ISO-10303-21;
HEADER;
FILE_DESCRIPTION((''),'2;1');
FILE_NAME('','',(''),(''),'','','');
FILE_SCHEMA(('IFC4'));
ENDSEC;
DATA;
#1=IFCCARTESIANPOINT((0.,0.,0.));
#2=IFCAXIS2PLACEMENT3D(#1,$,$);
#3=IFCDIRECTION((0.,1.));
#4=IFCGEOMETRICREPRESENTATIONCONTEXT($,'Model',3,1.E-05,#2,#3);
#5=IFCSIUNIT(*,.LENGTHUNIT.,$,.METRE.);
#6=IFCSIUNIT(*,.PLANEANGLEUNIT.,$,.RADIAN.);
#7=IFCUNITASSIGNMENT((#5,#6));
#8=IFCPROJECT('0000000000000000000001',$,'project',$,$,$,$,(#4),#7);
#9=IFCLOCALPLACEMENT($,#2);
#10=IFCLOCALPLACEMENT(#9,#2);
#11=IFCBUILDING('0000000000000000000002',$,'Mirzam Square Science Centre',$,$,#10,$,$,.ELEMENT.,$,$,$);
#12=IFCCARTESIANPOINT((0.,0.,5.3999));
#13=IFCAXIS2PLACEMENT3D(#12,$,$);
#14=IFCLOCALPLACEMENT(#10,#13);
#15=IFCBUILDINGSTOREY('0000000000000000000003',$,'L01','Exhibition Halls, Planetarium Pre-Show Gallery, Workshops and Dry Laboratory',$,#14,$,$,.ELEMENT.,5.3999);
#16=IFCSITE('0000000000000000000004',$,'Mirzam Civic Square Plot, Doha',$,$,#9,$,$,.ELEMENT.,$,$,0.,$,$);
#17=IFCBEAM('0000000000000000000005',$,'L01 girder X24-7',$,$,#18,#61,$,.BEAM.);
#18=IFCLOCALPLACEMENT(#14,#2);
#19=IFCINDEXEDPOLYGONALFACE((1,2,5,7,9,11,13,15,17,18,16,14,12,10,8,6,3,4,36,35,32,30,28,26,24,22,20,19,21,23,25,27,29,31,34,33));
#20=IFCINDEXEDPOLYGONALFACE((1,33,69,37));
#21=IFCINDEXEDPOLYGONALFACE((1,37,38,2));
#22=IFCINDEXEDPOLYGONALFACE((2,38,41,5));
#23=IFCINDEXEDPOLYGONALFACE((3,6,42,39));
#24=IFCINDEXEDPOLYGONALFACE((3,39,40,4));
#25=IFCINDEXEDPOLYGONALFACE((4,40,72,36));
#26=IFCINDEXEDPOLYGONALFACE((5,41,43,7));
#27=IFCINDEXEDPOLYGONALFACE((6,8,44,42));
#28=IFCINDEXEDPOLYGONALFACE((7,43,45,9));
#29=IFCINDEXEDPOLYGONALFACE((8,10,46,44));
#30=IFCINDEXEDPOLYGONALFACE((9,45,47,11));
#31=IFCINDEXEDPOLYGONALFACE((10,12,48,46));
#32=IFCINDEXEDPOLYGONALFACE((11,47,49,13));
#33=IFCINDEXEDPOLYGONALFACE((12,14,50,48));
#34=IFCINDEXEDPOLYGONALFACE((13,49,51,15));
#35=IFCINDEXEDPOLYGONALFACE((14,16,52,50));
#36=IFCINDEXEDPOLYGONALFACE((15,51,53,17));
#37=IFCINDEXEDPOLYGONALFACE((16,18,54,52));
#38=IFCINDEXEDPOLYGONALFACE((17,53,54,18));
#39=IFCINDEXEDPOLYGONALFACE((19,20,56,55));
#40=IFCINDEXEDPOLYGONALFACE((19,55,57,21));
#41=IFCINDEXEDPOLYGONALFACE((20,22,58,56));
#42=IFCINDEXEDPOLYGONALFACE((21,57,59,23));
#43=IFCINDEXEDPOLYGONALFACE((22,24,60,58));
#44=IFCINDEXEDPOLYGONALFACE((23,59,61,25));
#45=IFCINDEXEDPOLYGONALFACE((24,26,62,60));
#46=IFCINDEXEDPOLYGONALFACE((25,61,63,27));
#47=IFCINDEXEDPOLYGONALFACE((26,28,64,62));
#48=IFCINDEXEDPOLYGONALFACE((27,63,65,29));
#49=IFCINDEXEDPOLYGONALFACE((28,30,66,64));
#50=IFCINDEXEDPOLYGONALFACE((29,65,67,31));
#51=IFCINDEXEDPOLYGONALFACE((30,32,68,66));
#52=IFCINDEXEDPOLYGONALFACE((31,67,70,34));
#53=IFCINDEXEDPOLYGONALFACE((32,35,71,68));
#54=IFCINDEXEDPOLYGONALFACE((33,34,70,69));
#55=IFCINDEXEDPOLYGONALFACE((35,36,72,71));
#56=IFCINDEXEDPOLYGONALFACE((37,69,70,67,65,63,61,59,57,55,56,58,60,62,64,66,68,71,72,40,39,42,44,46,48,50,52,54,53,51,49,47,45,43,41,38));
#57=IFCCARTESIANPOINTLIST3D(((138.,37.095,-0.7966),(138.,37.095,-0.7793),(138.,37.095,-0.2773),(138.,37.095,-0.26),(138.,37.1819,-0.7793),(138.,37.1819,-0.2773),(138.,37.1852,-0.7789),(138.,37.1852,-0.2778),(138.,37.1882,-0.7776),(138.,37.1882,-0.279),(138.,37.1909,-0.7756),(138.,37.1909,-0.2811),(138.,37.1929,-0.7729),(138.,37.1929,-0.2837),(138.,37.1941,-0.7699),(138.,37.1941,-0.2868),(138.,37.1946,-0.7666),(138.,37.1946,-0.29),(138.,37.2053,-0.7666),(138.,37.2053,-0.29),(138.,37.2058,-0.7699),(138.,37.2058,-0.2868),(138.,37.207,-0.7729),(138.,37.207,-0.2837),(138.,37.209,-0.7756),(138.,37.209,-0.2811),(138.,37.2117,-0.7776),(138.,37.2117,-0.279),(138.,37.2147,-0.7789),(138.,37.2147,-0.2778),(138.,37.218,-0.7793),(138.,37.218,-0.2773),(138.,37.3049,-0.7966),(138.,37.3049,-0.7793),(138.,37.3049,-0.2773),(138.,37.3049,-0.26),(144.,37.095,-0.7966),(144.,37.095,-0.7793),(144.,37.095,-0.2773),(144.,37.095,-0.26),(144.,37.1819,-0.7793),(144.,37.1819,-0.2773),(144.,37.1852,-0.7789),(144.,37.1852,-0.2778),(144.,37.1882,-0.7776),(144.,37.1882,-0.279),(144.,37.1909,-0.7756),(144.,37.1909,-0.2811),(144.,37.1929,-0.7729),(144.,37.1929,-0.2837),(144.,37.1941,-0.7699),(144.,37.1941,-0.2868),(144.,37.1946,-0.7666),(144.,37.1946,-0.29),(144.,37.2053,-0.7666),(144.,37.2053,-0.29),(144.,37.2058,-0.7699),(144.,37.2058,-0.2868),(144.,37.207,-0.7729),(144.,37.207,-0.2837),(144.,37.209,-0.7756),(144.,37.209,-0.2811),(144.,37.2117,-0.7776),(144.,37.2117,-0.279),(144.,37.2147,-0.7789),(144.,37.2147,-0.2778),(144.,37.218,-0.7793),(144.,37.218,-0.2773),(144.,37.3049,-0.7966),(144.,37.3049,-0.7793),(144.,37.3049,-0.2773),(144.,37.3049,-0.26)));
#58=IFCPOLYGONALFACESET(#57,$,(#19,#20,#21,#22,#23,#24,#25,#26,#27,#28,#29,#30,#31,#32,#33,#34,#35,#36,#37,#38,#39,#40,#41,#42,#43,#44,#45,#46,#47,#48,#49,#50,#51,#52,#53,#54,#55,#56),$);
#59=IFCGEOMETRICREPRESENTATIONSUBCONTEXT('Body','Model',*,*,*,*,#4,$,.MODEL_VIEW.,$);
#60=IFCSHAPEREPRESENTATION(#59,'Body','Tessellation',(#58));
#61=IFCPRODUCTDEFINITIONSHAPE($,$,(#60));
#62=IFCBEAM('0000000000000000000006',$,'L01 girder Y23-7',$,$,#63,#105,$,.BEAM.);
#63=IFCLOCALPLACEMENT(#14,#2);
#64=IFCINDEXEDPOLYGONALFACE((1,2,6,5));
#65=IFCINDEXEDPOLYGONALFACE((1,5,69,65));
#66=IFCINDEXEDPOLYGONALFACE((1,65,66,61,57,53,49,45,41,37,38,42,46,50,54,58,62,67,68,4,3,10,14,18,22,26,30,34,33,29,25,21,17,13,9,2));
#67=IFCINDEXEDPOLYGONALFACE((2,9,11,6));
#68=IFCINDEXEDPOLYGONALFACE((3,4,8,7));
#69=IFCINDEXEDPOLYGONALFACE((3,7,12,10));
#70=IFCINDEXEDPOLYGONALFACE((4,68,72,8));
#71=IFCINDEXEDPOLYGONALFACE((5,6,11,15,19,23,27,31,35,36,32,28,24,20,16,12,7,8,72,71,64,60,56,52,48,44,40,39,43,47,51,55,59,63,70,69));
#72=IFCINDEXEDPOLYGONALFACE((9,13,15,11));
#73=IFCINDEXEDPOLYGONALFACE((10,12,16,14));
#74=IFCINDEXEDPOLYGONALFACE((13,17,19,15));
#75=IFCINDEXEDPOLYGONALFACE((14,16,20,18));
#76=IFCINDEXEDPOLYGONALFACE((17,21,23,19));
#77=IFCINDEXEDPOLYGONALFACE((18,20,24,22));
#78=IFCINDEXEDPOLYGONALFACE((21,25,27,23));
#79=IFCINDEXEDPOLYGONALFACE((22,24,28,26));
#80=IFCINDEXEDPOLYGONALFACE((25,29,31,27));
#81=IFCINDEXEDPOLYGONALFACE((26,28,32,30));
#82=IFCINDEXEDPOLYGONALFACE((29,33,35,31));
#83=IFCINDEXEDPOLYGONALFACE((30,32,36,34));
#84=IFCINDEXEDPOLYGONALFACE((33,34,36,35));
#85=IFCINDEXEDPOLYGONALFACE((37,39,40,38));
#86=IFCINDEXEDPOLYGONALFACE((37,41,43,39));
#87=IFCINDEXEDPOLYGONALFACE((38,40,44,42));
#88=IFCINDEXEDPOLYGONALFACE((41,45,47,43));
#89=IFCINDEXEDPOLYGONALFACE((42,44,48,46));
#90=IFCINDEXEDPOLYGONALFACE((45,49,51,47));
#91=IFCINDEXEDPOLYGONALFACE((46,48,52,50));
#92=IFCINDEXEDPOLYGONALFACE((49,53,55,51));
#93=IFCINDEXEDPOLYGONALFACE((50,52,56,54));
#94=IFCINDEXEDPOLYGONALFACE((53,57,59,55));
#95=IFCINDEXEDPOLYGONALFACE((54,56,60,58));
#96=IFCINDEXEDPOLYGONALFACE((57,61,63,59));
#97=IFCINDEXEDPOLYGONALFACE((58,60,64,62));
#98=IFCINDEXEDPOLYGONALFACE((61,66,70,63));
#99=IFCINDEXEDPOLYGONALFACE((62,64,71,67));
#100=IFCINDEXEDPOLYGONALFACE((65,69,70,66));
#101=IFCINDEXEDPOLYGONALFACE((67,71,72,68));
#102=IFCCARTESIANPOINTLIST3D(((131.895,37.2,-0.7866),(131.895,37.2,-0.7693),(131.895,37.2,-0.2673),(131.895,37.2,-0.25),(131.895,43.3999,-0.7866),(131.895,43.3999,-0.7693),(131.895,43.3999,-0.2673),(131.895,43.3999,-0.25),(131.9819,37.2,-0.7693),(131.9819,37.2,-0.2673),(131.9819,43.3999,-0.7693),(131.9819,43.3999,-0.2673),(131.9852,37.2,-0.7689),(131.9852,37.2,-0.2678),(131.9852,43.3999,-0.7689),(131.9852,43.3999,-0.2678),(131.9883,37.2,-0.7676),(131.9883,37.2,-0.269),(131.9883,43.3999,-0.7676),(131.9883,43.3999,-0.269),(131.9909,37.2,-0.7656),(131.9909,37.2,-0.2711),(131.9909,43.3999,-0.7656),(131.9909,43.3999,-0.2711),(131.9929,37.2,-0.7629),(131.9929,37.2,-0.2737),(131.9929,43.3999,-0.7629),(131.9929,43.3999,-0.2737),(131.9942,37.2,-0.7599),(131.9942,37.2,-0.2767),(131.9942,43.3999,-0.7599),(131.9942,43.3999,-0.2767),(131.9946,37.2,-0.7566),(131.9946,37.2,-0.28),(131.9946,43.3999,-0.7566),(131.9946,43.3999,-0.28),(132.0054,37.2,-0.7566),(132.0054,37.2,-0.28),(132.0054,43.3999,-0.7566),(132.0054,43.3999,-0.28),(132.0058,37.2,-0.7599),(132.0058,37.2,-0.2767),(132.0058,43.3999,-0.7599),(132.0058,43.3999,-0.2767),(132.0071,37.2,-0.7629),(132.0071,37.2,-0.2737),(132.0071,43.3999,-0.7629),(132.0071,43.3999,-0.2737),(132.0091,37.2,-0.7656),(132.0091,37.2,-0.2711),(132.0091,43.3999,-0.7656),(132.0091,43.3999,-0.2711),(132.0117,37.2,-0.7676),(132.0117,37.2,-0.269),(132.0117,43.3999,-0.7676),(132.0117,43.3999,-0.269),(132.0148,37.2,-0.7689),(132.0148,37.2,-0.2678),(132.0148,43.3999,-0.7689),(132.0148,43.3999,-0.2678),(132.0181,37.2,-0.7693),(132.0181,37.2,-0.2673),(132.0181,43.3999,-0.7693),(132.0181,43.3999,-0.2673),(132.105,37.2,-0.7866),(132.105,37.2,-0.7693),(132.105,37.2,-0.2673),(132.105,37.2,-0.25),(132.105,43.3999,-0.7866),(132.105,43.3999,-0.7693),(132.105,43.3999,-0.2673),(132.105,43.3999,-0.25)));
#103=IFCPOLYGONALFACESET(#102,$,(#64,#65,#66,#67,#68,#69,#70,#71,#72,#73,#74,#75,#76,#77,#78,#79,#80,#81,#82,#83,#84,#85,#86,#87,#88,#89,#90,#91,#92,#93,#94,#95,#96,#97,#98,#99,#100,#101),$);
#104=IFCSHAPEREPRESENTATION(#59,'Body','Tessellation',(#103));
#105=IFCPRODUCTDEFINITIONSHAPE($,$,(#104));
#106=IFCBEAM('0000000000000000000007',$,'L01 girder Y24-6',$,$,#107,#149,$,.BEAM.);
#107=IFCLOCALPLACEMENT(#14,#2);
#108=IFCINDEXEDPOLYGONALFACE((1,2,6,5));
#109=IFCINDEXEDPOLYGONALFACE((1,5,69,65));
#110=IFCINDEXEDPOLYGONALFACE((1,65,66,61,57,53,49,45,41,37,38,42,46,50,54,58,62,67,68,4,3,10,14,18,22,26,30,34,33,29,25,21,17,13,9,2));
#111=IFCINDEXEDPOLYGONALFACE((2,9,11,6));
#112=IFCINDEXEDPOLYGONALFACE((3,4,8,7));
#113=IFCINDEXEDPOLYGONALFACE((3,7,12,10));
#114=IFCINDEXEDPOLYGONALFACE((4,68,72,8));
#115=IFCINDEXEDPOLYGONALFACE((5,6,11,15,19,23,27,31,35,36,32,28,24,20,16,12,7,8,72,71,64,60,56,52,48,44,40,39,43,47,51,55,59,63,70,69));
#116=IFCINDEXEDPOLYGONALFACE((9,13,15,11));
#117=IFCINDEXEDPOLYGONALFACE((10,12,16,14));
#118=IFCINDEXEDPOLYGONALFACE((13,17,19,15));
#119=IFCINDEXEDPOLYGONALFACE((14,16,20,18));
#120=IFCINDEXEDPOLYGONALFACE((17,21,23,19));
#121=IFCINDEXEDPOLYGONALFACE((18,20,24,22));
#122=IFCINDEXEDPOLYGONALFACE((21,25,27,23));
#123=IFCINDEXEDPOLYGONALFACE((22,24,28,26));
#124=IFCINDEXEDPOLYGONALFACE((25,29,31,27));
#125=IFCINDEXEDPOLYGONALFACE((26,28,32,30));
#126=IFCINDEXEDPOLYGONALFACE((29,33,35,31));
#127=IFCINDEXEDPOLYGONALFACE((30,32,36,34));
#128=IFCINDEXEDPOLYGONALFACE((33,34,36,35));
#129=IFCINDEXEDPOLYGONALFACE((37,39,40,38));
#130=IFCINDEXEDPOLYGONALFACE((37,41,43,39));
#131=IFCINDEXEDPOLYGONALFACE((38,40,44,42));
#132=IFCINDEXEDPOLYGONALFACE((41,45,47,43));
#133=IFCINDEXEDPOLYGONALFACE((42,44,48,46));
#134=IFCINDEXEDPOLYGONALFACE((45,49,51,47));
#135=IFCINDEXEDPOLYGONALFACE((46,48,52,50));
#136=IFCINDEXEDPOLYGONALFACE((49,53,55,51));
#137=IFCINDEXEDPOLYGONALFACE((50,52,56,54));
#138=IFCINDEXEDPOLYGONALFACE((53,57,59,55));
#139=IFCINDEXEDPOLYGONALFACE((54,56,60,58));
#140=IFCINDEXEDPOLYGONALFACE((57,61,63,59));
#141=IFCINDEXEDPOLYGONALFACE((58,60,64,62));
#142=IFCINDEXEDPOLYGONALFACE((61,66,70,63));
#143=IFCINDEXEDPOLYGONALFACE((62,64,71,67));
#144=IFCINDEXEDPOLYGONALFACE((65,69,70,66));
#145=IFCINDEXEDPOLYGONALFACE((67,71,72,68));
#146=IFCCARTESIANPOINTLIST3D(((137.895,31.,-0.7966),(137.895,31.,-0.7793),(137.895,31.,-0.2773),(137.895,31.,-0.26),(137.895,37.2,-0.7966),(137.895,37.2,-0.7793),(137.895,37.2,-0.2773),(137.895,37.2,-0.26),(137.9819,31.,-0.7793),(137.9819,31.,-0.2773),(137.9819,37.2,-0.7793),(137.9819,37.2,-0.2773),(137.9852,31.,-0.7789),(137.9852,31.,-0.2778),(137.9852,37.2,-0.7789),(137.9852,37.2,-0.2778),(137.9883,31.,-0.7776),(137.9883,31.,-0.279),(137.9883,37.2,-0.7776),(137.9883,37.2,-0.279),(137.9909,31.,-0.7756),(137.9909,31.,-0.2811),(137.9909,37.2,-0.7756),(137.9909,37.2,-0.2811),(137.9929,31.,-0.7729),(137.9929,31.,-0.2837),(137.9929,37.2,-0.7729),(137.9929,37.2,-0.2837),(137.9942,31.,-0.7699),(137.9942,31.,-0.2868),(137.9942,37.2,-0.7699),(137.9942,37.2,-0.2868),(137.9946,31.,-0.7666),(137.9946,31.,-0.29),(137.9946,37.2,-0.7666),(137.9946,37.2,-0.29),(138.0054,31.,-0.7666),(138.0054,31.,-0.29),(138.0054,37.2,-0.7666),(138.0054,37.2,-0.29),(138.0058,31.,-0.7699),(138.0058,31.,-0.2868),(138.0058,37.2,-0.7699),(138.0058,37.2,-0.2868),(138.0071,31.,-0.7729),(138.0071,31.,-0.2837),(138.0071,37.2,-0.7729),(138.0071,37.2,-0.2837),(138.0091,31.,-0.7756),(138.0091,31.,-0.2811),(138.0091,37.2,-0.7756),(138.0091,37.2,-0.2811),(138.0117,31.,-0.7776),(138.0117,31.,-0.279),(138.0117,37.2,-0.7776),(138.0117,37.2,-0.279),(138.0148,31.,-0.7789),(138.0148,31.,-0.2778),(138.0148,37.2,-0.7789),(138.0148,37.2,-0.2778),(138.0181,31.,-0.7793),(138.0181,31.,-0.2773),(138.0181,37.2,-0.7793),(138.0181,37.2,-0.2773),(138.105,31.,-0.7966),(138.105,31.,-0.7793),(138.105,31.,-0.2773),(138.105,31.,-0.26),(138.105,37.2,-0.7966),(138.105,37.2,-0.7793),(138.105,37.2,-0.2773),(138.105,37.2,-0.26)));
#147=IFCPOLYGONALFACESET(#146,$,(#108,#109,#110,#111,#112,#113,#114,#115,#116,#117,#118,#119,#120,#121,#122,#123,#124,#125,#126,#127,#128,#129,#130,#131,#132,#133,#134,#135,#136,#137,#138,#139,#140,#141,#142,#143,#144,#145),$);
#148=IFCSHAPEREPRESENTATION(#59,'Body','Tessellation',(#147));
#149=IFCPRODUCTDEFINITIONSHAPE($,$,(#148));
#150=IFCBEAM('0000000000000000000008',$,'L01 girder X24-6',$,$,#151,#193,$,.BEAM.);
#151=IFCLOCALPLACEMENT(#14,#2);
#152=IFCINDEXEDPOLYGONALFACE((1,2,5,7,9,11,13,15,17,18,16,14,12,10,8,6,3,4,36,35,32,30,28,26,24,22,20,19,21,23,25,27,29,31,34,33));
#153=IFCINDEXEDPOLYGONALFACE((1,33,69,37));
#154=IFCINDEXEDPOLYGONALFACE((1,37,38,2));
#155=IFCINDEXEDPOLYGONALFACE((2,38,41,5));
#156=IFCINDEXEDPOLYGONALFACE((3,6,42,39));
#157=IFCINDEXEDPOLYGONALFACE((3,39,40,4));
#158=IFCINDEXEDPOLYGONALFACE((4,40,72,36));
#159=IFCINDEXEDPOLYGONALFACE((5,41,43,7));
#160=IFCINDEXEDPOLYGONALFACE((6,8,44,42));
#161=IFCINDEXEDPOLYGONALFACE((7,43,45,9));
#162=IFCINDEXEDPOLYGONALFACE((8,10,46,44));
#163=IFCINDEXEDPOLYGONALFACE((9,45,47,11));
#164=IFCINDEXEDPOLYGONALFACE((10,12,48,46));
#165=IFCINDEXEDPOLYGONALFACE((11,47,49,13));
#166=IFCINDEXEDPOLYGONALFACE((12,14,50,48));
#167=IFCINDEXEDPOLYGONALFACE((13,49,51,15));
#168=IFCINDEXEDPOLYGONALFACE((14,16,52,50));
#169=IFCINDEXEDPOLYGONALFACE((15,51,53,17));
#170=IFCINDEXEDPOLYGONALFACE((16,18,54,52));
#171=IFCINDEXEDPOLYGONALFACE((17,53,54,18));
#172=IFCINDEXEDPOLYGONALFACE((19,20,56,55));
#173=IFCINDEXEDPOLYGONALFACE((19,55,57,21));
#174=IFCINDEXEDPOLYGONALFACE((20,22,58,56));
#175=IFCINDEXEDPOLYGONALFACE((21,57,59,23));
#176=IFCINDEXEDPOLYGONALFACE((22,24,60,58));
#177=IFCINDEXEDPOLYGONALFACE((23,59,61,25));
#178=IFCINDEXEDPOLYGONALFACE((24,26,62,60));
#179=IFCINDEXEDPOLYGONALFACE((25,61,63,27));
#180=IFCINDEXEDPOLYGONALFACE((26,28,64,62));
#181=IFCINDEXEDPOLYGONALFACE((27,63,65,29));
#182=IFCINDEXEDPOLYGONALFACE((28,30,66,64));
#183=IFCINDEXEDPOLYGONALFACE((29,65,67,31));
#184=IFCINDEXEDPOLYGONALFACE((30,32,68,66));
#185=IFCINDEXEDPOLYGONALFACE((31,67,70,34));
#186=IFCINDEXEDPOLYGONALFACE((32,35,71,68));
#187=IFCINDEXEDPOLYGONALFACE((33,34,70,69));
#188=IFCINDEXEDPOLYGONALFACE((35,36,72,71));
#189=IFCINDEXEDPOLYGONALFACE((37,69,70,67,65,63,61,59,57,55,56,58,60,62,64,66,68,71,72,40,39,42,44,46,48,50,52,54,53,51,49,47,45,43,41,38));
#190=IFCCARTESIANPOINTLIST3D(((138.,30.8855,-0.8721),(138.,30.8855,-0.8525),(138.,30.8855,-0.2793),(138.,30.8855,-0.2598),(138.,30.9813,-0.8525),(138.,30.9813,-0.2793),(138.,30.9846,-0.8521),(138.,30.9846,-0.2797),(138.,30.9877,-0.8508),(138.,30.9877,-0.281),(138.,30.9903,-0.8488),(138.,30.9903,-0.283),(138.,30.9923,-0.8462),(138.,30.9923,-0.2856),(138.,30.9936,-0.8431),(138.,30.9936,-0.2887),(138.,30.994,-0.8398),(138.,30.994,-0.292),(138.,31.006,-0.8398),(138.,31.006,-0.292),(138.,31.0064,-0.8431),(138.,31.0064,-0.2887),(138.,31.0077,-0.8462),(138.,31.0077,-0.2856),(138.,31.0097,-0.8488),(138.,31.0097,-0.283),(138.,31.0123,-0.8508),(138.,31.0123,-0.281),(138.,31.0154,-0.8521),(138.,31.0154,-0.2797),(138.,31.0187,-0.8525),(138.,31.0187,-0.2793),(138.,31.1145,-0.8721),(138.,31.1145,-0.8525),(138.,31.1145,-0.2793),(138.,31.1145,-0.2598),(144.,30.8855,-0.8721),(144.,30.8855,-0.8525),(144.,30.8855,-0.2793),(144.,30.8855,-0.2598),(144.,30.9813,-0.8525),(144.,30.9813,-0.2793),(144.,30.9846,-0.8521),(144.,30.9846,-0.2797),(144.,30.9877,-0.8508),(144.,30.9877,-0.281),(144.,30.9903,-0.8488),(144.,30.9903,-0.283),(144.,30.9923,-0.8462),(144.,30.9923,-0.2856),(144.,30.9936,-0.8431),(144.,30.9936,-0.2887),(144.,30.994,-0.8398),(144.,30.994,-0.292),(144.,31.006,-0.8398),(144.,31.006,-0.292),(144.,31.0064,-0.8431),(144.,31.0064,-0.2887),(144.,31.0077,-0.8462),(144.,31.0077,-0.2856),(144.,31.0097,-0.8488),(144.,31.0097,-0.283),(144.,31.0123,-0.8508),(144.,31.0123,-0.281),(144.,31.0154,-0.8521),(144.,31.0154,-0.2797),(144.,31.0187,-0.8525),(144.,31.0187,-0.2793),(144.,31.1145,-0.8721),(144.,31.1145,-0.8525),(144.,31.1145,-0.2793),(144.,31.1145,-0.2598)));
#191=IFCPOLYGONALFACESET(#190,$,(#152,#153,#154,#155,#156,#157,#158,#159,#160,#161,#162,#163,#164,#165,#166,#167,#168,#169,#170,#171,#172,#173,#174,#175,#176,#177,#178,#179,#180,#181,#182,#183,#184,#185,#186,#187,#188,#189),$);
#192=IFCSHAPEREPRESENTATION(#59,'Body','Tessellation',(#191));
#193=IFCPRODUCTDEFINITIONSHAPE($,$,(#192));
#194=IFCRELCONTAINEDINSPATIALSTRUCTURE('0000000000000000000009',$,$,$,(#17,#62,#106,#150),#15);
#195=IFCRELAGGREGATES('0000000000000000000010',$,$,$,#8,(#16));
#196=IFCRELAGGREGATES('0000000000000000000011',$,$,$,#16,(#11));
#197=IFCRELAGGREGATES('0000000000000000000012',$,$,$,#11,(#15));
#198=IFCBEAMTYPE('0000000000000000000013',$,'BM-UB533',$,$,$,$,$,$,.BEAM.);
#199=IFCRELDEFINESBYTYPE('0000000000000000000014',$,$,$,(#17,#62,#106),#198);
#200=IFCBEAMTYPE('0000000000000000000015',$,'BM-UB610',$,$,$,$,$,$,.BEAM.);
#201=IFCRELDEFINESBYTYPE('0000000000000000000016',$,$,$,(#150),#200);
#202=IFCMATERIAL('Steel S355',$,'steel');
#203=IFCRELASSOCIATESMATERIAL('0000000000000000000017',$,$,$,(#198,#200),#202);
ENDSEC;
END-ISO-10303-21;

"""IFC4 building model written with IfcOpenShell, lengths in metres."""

from ifc_helpers import new_model, si_unit, direction, frame, origin, origin_2d, place, context, subcontext, project, spatial, i_section, extrude, material, material_profile, profile_set, type_object, element, save


model = new_model("IFC4")

# Units and contexts
model_context = context("Model", 3, precision=1e-05, world=origin(), true_north=direction((0.0, 1.0)))
body_context = subcontext(model_context, "Body", "Model", "MODEL_VIEW")
ifc_project = project(units=[si_unit("LENGTHUNIT", "METRE"), si_unit("PLANEANGLEUNIT", "RADIAN")], contexts=[model_context])

# Site, building, storey
site_placement = place(None, origin())
site = spatial("IfcSite", under=ifc_project, at=site_placement, Name="Mirzam Civic Square Plot, Doha", CompositionType="ELEMENT", RefElevation=0.0)
building_placement = place(site_placement, origin())
building = spatial("IfcBuilding", under=site, at=building_placement, Name="Mirzam Square Science Centre", CompositionType="ELEMENT")
storey_placement = place(building_placement, frame((0.0, 0.0, 5.3999)))
storey = spatial("IfcBuildingStorey", under=building, at=storey_placement, Name="L01", Description="Exhibition Halls, Planetarium Pre-Show Gallery, Workshops and Dry Laboratory", CompositionType="ELEMENT", Elevation=5.3999)

# Shared definitions
ifc_material_1 = material(Name="Steel S355", Category="steel")

# Beams
ifc_material_profile_1 = material_profile(ifc_material_1, i_section(OverallWidth=0.21, OverallDepth=0.5366, WebThickness=0.0107, FlangeThickness=0.0173, FilletRadius=0.0127, at=origin_2d()), Name="533x210x101UB")
ifc_profile_set_1 = profile_set([ifc_material_profile_1], Name="Steel S355")
beam_type_1 = type_object("IfcBeamType", Name="BM-UB533", PredefinedType="BEAM", material=ifc_profile_set_1)
beam_1_placement = place(storey_placement, frame((138.0, 37.2, -0.5283), z_axis=(1.0, 0.0, 0.0), x_axis=(0.0, 1.0, 0.0)))
element("IfcBeam", 1, at=beam_1_placement, inside=storey, type_object=beam_type_1, Name="L01 girder X24-7", PredefinedType="BEAM", context=body_context, shape_type="SweptSolid", body=[
    extrude(i_section(OverallWidth=0.21, OverallDepth=0.5366, WebThickness=0.0107, FlangeThickness=0.0173, FilletRadius=0.0127, at=origin_2d()), origin(), (0.0, 0.0, 1.0), 6.0),
])
for number, where, z_axis, x_axis, name in (
    (2, (132.0, 37.2, -0.5183), (0.0, 1.0, 0.0), (-1.0, 0.0, 0.0), "L01 girder Y23-7"),
    (3, (138.0, 31.0, -0.5283), (0.0, 1.0, 0.0), (-1.0, 0.0, 0.0), "L01 girder Y24-6"),
):
    element("IfcBeam", number, at=place(storey_placement, frame(where, z_axis=z_axis, x_axis=x_axis)), inside=storey, type_object=beam_type_1, Name=name, PredefinedType="BEAM", context=body_context, shape_type="SweptSolid", body=[
        extrude(i_section(OverallWidth=0.21, OverallDepth=0.5366, WebThickness=0.0107, FlangeThickness=0.0173, FilletRadius=0.0127, at=origin_2d()), origin(), (0.0, 0.0, 1.0), 6.2),
    ])
ifc_material_profile_2 = material_profile(ifc_material_1, i_section(OverallWidth=0.229, OverallDepth=0.6123, WebThickness=0.012, FlangeThickness=0.0195, FilletRadius=0.0127, at=origin_2d()), Name="610x229x125UB")
ifc_profile_set_2 = profile_set([ifc_material_profile_2], Name="Steel S355")
beam_type_2 = type_object("IfcBeamType", Name="BM-UB610", PredefinedType="BEAM", material=ifc_profile_set_2)
for number, where, z_axis, x_axis, name in (
    (4, (138.0, 31.0, -0.5659), (1.0, 0.0, 0.0), (0.0, 1.0, 0.0), "L01 girder X24-6"),
):
    element("IfcBeam", number, at=place(storey_placement, frame(where, z_axis=z_axis, x_axis=x_axis)), inside=storey, type_object=beam_type_2, Name=name, PredefinedType="BEAM", context=body_context, shape_type="SweptSolid", body=[
        extrude(i_section(OverallWidth=0.229, OverallDepth=0.6123, WebThickness=0.012, FlangeThickness=0.0195, FilletRadius=0.0127, at=origin_2d()), origin(), (0.0, 0.0, 1.0), 6.0),
    ])

save(model, "model.ifc")
